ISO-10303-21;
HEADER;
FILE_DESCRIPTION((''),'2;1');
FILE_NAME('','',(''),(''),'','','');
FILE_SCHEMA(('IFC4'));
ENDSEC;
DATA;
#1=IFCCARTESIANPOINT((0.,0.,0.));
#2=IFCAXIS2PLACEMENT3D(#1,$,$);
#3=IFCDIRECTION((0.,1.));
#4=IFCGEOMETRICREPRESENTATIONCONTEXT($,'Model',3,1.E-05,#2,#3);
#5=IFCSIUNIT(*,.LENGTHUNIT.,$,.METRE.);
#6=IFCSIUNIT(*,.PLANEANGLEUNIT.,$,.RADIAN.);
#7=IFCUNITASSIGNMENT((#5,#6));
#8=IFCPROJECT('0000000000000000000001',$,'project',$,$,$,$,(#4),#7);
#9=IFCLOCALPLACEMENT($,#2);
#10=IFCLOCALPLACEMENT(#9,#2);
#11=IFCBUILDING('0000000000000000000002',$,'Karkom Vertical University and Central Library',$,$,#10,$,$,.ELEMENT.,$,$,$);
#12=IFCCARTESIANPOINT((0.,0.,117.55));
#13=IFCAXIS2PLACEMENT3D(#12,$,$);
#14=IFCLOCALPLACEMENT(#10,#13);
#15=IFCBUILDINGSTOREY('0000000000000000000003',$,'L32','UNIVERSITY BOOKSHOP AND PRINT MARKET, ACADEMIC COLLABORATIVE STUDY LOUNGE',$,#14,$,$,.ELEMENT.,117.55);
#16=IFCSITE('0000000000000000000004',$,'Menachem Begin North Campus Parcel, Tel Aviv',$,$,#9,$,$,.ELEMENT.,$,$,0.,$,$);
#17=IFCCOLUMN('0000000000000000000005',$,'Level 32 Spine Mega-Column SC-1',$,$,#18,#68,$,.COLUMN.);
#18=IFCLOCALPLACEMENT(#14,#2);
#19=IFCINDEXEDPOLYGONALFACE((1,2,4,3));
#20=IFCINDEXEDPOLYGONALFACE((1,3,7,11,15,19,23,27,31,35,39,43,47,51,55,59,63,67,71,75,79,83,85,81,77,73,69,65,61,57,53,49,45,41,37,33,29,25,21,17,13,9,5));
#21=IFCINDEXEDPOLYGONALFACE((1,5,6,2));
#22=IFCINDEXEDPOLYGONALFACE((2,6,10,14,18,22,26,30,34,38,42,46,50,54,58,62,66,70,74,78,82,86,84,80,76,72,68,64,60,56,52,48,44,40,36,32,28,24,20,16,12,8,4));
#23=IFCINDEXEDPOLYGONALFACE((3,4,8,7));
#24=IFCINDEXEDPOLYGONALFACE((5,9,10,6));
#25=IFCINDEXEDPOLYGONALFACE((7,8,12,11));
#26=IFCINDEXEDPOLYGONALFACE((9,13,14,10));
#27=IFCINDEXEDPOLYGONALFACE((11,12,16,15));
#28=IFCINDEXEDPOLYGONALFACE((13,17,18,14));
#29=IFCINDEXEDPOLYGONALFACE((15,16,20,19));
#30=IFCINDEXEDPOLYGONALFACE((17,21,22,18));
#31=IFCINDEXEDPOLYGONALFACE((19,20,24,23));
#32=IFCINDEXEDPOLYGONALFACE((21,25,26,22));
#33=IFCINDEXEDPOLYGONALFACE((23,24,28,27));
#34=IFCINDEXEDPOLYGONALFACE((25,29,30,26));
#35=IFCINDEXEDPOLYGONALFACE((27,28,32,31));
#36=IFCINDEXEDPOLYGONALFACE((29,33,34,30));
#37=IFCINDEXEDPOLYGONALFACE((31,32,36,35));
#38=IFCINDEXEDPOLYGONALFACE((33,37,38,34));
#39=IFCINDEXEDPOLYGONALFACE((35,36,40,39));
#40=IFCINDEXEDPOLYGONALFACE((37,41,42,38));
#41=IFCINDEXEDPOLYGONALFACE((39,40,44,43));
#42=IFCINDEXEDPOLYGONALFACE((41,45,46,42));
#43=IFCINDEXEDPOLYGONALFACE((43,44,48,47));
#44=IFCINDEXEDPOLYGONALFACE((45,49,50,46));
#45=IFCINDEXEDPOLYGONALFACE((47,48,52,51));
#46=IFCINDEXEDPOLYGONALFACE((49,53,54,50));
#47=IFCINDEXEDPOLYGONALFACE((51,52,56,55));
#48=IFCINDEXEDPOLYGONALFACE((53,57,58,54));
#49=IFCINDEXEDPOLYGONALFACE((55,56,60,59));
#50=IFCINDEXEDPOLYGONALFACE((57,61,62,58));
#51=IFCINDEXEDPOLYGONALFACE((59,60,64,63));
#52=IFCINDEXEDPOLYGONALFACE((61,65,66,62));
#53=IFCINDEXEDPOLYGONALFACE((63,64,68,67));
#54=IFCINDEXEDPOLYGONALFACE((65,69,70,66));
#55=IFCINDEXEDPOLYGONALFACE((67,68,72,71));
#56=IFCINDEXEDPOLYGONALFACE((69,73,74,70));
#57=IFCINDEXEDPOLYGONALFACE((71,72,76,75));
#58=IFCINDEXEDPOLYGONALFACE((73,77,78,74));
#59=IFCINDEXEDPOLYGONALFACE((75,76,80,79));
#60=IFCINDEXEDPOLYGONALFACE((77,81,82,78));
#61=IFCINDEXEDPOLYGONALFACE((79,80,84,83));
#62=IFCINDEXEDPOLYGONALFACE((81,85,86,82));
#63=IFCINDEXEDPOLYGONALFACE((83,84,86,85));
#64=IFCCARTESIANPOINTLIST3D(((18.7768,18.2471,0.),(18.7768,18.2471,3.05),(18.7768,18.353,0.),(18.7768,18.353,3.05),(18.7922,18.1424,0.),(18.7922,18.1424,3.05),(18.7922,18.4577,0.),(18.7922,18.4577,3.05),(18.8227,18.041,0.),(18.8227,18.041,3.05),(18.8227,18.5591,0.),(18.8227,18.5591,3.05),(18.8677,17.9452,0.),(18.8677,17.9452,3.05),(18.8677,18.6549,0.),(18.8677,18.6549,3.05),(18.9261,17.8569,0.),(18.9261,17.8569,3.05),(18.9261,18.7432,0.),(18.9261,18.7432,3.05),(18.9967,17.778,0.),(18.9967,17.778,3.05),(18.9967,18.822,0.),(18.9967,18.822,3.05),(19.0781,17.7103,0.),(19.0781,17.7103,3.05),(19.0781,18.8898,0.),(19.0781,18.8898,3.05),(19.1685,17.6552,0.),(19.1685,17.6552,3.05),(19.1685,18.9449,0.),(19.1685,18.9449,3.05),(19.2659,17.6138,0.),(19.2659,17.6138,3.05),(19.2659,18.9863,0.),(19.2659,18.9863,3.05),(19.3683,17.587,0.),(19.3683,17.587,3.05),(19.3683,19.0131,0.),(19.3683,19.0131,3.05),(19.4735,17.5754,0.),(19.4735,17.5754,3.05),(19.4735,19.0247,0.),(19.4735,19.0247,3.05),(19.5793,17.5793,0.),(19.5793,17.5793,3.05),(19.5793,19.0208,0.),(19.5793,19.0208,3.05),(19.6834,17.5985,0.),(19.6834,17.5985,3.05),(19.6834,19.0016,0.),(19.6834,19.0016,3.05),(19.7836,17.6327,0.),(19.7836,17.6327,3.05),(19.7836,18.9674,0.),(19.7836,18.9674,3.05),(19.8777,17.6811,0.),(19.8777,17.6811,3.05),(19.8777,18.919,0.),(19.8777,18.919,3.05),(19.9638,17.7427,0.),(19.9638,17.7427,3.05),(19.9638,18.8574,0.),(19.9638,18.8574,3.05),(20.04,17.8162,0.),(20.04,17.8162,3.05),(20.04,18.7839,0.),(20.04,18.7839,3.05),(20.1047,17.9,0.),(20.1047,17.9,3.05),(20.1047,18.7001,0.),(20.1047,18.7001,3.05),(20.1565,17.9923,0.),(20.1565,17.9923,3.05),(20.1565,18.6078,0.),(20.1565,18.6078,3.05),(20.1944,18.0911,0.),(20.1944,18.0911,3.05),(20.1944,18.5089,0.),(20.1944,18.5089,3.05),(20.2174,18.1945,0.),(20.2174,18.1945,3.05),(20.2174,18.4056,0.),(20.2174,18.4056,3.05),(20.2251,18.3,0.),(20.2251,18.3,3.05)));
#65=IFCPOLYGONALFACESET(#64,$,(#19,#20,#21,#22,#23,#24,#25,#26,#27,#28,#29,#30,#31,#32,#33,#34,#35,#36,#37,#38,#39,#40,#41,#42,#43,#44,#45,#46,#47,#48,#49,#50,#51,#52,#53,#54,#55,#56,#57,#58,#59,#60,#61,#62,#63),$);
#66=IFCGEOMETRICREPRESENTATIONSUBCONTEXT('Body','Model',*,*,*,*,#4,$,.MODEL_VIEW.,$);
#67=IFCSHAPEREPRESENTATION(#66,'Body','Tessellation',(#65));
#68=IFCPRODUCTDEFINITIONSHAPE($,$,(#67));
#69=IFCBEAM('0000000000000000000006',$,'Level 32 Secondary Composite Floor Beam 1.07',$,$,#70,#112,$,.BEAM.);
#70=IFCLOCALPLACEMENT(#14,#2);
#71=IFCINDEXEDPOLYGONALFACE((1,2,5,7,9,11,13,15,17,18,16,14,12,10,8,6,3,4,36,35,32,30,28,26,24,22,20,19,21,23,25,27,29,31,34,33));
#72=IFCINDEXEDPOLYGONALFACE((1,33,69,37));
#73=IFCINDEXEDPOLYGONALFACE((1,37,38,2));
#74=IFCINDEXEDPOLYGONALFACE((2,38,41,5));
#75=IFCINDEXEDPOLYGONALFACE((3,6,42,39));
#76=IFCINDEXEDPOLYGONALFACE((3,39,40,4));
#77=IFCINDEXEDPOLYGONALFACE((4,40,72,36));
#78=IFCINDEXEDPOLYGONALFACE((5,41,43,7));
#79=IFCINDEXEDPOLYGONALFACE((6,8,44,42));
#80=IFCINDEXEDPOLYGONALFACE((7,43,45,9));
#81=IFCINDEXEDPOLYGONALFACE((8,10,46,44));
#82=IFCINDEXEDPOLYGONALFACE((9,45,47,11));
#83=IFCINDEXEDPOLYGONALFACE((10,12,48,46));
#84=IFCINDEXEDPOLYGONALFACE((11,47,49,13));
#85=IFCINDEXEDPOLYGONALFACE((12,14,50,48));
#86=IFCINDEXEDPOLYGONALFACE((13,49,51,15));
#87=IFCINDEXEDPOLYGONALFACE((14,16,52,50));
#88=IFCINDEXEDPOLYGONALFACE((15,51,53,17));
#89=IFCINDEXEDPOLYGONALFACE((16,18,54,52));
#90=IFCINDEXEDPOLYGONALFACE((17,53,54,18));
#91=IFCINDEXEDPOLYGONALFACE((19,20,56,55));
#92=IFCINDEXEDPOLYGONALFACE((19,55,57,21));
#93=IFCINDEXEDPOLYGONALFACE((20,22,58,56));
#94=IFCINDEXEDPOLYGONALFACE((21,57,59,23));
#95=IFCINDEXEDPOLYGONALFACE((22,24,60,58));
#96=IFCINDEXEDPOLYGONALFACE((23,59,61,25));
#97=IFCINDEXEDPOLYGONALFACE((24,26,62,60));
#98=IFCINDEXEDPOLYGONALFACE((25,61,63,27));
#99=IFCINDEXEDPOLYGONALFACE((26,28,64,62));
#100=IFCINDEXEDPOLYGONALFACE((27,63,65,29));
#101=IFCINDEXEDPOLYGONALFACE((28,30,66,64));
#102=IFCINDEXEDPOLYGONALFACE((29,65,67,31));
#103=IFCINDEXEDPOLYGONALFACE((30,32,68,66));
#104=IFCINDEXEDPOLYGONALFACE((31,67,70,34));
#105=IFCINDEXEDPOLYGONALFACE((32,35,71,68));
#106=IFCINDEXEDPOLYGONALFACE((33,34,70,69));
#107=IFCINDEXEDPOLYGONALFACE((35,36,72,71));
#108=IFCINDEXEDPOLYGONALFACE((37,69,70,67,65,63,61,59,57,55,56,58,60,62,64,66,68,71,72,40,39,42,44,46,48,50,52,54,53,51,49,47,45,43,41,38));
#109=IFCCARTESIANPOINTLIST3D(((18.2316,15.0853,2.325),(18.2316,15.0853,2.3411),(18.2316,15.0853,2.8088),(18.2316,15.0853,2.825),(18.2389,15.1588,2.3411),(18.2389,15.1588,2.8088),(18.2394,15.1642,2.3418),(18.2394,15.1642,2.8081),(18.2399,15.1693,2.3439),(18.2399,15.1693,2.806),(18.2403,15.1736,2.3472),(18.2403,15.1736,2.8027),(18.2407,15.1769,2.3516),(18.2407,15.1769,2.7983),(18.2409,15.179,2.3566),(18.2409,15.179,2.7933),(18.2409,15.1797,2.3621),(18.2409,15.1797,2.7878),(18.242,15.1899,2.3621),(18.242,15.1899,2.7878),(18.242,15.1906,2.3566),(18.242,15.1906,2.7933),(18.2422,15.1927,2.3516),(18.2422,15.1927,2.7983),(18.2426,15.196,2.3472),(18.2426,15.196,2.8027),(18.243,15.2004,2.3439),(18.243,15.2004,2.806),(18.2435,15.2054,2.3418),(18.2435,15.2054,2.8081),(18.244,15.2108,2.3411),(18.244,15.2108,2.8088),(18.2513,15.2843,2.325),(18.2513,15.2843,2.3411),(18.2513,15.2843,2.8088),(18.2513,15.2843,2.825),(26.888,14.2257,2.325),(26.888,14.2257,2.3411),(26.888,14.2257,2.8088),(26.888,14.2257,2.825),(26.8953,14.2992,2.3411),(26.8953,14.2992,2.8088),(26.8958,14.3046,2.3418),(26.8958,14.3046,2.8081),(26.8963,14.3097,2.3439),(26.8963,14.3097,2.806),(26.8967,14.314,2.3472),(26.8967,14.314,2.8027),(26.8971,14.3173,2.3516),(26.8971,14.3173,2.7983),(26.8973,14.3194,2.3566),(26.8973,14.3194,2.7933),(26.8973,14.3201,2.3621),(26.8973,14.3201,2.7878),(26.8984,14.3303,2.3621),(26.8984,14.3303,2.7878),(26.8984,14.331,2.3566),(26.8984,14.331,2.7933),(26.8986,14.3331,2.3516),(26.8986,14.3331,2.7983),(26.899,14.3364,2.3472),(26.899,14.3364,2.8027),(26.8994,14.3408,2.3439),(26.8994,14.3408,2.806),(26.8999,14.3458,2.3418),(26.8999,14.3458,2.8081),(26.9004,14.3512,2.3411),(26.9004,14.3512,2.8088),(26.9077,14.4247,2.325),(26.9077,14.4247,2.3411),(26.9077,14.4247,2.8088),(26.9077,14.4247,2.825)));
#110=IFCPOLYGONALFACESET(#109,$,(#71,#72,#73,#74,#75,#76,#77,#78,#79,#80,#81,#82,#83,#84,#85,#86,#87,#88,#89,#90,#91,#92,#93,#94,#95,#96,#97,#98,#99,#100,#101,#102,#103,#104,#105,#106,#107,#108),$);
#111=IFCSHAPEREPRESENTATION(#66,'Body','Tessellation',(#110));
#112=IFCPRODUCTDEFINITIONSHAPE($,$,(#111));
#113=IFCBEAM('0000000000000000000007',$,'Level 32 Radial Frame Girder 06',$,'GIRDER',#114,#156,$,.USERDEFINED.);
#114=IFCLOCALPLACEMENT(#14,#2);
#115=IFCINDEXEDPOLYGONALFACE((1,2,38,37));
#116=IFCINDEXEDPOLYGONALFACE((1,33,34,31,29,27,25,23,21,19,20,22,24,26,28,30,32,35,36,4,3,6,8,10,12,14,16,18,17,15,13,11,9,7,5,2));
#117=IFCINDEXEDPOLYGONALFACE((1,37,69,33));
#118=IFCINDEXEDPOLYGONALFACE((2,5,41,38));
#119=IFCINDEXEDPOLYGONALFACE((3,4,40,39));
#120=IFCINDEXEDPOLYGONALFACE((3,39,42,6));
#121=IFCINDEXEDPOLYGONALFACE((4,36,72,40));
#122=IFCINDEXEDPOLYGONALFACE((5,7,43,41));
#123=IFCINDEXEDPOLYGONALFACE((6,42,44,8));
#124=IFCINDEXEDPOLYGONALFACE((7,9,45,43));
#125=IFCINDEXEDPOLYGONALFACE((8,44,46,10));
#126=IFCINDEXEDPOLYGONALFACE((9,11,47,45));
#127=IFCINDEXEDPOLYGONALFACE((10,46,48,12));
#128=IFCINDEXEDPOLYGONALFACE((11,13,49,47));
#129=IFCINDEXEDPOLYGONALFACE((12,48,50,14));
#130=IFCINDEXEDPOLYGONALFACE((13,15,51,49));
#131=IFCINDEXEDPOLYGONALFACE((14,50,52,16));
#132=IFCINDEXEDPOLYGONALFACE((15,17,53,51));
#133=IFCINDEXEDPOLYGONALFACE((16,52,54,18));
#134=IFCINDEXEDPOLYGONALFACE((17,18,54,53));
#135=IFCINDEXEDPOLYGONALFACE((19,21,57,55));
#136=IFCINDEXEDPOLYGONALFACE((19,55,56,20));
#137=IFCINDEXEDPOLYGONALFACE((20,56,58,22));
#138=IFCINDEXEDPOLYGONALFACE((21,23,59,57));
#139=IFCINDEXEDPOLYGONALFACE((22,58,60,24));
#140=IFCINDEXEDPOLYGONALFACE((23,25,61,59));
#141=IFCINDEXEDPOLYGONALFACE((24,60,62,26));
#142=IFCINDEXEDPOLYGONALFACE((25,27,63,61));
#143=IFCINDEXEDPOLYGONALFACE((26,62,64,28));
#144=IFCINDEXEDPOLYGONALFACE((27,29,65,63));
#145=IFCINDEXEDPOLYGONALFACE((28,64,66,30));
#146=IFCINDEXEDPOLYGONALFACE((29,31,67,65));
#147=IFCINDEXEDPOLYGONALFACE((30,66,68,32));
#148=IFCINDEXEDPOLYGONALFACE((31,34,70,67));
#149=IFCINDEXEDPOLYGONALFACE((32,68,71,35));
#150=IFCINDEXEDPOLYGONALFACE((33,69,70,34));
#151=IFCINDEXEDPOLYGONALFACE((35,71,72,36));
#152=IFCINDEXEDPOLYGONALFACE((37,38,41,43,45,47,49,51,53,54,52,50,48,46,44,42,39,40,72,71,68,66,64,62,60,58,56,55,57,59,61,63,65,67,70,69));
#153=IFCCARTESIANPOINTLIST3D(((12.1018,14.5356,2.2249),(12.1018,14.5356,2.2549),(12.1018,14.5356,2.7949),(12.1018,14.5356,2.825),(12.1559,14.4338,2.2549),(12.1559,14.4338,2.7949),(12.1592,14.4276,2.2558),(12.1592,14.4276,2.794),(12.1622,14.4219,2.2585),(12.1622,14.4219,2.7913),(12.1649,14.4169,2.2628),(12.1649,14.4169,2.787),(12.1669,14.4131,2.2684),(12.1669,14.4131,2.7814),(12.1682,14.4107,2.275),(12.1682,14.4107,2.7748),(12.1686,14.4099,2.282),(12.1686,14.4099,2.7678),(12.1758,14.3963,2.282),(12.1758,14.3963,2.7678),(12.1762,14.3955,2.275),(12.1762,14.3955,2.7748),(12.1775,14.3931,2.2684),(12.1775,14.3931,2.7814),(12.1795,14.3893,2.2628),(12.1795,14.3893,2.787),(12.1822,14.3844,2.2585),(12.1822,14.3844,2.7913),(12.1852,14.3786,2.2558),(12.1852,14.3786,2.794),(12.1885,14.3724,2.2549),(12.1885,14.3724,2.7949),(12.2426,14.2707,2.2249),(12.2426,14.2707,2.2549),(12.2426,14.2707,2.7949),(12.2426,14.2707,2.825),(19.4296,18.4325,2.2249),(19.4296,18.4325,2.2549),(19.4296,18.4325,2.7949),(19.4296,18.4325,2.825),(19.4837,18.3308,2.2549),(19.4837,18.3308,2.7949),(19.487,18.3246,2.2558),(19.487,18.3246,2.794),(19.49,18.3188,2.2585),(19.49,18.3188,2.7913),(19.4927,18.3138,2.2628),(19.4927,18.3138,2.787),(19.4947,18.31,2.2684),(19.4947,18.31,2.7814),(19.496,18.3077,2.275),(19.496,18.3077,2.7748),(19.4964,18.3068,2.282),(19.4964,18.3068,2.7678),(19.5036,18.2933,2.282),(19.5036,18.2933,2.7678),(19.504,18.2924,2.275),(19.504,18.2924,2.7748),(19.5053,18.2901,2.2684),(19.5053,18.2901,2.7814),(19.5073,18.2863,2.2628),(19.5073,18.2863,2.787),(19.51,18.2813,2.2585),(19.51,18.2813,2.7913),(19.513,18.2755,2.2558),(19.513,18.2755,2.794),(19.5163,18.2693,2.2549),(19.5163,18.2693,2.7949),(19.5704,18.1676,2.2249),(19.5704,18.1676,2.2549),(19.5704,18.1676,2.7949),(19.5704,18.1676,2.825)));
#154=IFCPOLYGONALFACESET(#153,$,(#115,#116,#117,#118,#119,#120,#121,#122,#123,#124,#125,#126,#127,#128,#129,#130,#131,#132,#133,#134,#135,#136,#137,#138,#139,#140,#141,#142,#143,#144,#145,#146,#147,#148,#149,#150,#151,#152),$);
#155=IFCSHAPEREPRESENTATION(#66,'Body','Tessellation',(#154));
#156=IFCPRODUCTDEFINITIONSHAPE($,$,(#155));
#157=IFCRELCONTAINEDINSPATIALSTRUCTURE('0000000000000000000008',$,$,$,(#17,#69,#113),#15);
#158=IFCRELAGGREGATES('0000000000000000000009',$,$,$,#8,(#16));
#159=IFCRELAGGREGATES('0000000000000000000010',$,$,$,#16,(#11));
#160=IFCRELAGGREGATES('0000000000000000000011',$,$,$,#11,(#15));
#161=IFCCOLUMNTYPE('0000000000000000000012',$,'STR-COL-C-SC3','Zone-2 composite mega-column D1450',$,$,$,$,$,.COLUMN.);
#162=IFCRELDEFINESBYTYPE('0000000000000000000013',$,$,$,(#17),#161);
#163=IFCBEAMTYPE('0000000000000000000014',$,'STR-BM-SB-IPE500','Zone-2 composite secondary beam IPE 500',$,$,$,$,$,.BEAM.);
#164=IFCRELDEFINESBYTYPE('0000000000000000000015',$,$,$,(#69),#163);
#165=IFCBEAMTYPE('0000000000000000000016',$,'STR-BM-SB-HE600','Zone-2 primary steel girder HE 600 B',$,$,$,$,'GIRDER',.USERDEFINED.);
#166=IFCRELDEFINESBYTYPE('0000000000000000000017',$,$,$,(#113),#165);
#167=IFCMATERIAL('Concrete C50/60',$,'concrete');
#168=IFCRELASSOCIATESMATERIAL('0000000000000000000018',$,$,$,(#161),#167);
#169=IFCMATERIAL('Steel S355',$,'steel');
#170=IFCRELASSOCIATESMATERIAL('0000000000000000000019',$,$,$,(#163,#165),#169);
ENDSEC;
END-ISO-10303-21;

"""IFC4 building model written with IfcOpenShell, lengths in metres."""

from ifc_helpers import new_model, si_unit, direction, frame, origin, origin_with_axes, origin_2d, place, context, subcontext, project, spatial, circle, i_section, extrude, source, transform, mapped, material, material_profile, profile_set, type_object, element, save


model = new_model("IFC4")

# Units and contexts
model_context = context("Model", 3, precision=1e-05, world=origin(), true_north=direction((0.0, 1.0)))
body_context = subcontext(model_context, "Body", "Model", "MODEL_VIEW")
ifc_project = project(units=[si_unit("LENGTHUNIT", "METRE"), si_unit("PLANEANGLEUNIT", "RADIAN")], contexts=[model_context])

# Site, building, storey
site_placement = place(None, origin())
site = spatial("IfcSite", under=ifc_project, at=site_placement, Name="Menachem Begin North Campus Parcel, Tel Aviv", CompositionType="ELEMENT", RefElevation=0.0)
building_placement = place(site_placement, origin())
building = spatial("IfcBuilding", under=site, at=building_placement, Name="Karkom Vertical University and Central Library", CompositionType="ELEMENT")
storey_placement = place(building_placement, frame((0.0, 0.0, 117.55)))
storey = spatial("IfcBuildingStorey", under=building, at=storey_placement, Name="L32", Description="UNIVERSITY BOOKSHOP AND PRINT MARKET, ACADEMIC COLLABORATIVE STUDY LOUNGE", CompositionType="ELEMENT", Elevation=117.55)

# Column
ifc_material_1 = material(Name="Concrete C50/60", Category="concrete")
ifc_material_profile_1 = material_profile(ifc_material_1, circle(Radius=0.7251, at=origin_2d()), Name="CFT-D1450")
ifc_profile_set_1 = profile_set([ifc_material_profile_1], Name="Concrete C50/60")
column_type = type_object("IfcColumnType", Name="STR-COL-C-SC3", Description="Zone-2 composite mega-column D1450", PredefinedType="COLUMN", material=ifc_profile_set_1)
shared_shape_1 = source(origin_with_axes(), body_context, "Body", "SweptSolid", [
    extrude(circle(Radius=0.7251, at=origin_2d()), origin(), (0.0, 0.0, 1.0), 3.05),
])
column_placement = place(storey_placement, frame((19.5, 18.3, 0.0), z_axis=(0.0, 0.0, 1.0), x_axis=(1.0, 0.0, 0.0)))
element("IfcColumn", 1, at=column_placement, inside=storey, type_object=column_type, Name="Level 32 Spine Mega-Column SC-1", PredefinedType="COLUMN", context=body_context, shape_type="MappedRepresentation", body=[
    mapped(shared_shape_1, transform((0.0, 0.0, 0.0), scale=1.0)),
])

# Beams
ifc_material_2 = material(Name="Steel S355", Category="steel")
ifc_material_profile_2 = material_profile(ifc_material_2, i_section(OverallWidth=0.2, OverallDepth=0.5, WebThickness=0.0103, FlangeThickness=0.0161, FilletRadius=0.021, at=origin_2d()), Name="IPE 500")
ifc_profile_set_2 = profile_set([ifc_material_profile_2], Name="Steel S355")
beam_type_1 = type_object("IfcBeamType", Name="STR-BM-SB-IPE500", Description="Zone-2 composite secondary beam IPE 500", PredefinedType="BEAM", material=ifc_profile_set_2)
shared_shape_2 = source(origin_with_axes(), body_context, "Body", "SweptSolid", [
    extrude(i_section(OverallWidth=0.2, OverallDepth=0.5, WebThickness=0.0103, FlangeThickness=0.0161, FilletRadius=0.021, at=origin_2d()), origin(), (0.0, 0.0, 1.0), 8.699),
])
beam_1_placement = place(storey_placement, frame((18.2415, 15.1848, 2.575), z_axis=(0.995106, -0.098817, 0.0), x_axis=(0.098817, 0.995106, 0.0)))
element("IfcBeam", 2, at=beam_1_placement, inside=storey, type_object=beam_type_1, Name="Level 32 Secondary Composite Floor Beam 1.07", PredefinedType="BEAM", context=body_context, shape_type="MappedRepresentation", body=[
    mapped(shared_shape_2, transform((0.0, 0.0, 0.0), scale=1.0)),
])
ifc_material_profile_3 = material_profile(ifc_material_2, i_section(OverallWidth=0.3, OverallDepth=0.6001, WebThickness=0.0154, FlangeThickness=0.03, FilletRadius=0.0271, at=origin_2d()), Name="HE 600 B")
ifc_profile_set_3 = profile_set([ifc_material_profile_3], Name="Steel S355")
beam_type_2 = type_object("IfcBeamType", Name="STR-BM-SB-HE600", Description="Zone-2 primary steel girder HE 600 B", ElementType="GIRDER", PredefinedType="USERDEFINED", material=ifc_profile_set_3)
shared_shape_3 = source(origin_with_axes(), body_context, "Body", "SweptSolid", [
    extrude(i_section(OverallWidth=0.3, OverallDepth=0.6001, WebThickness=0.0154, FlangeThickness=0.03, FilletRadius=0.0271, at=origin_2d()), origin(), (0.0, 0.0, 1.0), 8.2996),
])
beam_2_placement = place(storey_placement, frame((19.5, 18.3, 2.5249), z_axis=(-0.882914, -0.469534, 0.0), x_axis=(0.469534, -0.882914, 0.0)))
element("IfcBeam", 3, at=beam_2_placement, inside=storey, type_object=beam_type_2, Name="Level 32 Radial Frame Girder 06", ObjectType="GIRDER", PredefinedType="USERDEFINED", context=body_context, shape_type="MappedRepresentation", body=[
    mapped(shared_shape_3, transform((0.0, 0.0, 0.0), scale=1.0)),
])

save(model, "model.ifc")
